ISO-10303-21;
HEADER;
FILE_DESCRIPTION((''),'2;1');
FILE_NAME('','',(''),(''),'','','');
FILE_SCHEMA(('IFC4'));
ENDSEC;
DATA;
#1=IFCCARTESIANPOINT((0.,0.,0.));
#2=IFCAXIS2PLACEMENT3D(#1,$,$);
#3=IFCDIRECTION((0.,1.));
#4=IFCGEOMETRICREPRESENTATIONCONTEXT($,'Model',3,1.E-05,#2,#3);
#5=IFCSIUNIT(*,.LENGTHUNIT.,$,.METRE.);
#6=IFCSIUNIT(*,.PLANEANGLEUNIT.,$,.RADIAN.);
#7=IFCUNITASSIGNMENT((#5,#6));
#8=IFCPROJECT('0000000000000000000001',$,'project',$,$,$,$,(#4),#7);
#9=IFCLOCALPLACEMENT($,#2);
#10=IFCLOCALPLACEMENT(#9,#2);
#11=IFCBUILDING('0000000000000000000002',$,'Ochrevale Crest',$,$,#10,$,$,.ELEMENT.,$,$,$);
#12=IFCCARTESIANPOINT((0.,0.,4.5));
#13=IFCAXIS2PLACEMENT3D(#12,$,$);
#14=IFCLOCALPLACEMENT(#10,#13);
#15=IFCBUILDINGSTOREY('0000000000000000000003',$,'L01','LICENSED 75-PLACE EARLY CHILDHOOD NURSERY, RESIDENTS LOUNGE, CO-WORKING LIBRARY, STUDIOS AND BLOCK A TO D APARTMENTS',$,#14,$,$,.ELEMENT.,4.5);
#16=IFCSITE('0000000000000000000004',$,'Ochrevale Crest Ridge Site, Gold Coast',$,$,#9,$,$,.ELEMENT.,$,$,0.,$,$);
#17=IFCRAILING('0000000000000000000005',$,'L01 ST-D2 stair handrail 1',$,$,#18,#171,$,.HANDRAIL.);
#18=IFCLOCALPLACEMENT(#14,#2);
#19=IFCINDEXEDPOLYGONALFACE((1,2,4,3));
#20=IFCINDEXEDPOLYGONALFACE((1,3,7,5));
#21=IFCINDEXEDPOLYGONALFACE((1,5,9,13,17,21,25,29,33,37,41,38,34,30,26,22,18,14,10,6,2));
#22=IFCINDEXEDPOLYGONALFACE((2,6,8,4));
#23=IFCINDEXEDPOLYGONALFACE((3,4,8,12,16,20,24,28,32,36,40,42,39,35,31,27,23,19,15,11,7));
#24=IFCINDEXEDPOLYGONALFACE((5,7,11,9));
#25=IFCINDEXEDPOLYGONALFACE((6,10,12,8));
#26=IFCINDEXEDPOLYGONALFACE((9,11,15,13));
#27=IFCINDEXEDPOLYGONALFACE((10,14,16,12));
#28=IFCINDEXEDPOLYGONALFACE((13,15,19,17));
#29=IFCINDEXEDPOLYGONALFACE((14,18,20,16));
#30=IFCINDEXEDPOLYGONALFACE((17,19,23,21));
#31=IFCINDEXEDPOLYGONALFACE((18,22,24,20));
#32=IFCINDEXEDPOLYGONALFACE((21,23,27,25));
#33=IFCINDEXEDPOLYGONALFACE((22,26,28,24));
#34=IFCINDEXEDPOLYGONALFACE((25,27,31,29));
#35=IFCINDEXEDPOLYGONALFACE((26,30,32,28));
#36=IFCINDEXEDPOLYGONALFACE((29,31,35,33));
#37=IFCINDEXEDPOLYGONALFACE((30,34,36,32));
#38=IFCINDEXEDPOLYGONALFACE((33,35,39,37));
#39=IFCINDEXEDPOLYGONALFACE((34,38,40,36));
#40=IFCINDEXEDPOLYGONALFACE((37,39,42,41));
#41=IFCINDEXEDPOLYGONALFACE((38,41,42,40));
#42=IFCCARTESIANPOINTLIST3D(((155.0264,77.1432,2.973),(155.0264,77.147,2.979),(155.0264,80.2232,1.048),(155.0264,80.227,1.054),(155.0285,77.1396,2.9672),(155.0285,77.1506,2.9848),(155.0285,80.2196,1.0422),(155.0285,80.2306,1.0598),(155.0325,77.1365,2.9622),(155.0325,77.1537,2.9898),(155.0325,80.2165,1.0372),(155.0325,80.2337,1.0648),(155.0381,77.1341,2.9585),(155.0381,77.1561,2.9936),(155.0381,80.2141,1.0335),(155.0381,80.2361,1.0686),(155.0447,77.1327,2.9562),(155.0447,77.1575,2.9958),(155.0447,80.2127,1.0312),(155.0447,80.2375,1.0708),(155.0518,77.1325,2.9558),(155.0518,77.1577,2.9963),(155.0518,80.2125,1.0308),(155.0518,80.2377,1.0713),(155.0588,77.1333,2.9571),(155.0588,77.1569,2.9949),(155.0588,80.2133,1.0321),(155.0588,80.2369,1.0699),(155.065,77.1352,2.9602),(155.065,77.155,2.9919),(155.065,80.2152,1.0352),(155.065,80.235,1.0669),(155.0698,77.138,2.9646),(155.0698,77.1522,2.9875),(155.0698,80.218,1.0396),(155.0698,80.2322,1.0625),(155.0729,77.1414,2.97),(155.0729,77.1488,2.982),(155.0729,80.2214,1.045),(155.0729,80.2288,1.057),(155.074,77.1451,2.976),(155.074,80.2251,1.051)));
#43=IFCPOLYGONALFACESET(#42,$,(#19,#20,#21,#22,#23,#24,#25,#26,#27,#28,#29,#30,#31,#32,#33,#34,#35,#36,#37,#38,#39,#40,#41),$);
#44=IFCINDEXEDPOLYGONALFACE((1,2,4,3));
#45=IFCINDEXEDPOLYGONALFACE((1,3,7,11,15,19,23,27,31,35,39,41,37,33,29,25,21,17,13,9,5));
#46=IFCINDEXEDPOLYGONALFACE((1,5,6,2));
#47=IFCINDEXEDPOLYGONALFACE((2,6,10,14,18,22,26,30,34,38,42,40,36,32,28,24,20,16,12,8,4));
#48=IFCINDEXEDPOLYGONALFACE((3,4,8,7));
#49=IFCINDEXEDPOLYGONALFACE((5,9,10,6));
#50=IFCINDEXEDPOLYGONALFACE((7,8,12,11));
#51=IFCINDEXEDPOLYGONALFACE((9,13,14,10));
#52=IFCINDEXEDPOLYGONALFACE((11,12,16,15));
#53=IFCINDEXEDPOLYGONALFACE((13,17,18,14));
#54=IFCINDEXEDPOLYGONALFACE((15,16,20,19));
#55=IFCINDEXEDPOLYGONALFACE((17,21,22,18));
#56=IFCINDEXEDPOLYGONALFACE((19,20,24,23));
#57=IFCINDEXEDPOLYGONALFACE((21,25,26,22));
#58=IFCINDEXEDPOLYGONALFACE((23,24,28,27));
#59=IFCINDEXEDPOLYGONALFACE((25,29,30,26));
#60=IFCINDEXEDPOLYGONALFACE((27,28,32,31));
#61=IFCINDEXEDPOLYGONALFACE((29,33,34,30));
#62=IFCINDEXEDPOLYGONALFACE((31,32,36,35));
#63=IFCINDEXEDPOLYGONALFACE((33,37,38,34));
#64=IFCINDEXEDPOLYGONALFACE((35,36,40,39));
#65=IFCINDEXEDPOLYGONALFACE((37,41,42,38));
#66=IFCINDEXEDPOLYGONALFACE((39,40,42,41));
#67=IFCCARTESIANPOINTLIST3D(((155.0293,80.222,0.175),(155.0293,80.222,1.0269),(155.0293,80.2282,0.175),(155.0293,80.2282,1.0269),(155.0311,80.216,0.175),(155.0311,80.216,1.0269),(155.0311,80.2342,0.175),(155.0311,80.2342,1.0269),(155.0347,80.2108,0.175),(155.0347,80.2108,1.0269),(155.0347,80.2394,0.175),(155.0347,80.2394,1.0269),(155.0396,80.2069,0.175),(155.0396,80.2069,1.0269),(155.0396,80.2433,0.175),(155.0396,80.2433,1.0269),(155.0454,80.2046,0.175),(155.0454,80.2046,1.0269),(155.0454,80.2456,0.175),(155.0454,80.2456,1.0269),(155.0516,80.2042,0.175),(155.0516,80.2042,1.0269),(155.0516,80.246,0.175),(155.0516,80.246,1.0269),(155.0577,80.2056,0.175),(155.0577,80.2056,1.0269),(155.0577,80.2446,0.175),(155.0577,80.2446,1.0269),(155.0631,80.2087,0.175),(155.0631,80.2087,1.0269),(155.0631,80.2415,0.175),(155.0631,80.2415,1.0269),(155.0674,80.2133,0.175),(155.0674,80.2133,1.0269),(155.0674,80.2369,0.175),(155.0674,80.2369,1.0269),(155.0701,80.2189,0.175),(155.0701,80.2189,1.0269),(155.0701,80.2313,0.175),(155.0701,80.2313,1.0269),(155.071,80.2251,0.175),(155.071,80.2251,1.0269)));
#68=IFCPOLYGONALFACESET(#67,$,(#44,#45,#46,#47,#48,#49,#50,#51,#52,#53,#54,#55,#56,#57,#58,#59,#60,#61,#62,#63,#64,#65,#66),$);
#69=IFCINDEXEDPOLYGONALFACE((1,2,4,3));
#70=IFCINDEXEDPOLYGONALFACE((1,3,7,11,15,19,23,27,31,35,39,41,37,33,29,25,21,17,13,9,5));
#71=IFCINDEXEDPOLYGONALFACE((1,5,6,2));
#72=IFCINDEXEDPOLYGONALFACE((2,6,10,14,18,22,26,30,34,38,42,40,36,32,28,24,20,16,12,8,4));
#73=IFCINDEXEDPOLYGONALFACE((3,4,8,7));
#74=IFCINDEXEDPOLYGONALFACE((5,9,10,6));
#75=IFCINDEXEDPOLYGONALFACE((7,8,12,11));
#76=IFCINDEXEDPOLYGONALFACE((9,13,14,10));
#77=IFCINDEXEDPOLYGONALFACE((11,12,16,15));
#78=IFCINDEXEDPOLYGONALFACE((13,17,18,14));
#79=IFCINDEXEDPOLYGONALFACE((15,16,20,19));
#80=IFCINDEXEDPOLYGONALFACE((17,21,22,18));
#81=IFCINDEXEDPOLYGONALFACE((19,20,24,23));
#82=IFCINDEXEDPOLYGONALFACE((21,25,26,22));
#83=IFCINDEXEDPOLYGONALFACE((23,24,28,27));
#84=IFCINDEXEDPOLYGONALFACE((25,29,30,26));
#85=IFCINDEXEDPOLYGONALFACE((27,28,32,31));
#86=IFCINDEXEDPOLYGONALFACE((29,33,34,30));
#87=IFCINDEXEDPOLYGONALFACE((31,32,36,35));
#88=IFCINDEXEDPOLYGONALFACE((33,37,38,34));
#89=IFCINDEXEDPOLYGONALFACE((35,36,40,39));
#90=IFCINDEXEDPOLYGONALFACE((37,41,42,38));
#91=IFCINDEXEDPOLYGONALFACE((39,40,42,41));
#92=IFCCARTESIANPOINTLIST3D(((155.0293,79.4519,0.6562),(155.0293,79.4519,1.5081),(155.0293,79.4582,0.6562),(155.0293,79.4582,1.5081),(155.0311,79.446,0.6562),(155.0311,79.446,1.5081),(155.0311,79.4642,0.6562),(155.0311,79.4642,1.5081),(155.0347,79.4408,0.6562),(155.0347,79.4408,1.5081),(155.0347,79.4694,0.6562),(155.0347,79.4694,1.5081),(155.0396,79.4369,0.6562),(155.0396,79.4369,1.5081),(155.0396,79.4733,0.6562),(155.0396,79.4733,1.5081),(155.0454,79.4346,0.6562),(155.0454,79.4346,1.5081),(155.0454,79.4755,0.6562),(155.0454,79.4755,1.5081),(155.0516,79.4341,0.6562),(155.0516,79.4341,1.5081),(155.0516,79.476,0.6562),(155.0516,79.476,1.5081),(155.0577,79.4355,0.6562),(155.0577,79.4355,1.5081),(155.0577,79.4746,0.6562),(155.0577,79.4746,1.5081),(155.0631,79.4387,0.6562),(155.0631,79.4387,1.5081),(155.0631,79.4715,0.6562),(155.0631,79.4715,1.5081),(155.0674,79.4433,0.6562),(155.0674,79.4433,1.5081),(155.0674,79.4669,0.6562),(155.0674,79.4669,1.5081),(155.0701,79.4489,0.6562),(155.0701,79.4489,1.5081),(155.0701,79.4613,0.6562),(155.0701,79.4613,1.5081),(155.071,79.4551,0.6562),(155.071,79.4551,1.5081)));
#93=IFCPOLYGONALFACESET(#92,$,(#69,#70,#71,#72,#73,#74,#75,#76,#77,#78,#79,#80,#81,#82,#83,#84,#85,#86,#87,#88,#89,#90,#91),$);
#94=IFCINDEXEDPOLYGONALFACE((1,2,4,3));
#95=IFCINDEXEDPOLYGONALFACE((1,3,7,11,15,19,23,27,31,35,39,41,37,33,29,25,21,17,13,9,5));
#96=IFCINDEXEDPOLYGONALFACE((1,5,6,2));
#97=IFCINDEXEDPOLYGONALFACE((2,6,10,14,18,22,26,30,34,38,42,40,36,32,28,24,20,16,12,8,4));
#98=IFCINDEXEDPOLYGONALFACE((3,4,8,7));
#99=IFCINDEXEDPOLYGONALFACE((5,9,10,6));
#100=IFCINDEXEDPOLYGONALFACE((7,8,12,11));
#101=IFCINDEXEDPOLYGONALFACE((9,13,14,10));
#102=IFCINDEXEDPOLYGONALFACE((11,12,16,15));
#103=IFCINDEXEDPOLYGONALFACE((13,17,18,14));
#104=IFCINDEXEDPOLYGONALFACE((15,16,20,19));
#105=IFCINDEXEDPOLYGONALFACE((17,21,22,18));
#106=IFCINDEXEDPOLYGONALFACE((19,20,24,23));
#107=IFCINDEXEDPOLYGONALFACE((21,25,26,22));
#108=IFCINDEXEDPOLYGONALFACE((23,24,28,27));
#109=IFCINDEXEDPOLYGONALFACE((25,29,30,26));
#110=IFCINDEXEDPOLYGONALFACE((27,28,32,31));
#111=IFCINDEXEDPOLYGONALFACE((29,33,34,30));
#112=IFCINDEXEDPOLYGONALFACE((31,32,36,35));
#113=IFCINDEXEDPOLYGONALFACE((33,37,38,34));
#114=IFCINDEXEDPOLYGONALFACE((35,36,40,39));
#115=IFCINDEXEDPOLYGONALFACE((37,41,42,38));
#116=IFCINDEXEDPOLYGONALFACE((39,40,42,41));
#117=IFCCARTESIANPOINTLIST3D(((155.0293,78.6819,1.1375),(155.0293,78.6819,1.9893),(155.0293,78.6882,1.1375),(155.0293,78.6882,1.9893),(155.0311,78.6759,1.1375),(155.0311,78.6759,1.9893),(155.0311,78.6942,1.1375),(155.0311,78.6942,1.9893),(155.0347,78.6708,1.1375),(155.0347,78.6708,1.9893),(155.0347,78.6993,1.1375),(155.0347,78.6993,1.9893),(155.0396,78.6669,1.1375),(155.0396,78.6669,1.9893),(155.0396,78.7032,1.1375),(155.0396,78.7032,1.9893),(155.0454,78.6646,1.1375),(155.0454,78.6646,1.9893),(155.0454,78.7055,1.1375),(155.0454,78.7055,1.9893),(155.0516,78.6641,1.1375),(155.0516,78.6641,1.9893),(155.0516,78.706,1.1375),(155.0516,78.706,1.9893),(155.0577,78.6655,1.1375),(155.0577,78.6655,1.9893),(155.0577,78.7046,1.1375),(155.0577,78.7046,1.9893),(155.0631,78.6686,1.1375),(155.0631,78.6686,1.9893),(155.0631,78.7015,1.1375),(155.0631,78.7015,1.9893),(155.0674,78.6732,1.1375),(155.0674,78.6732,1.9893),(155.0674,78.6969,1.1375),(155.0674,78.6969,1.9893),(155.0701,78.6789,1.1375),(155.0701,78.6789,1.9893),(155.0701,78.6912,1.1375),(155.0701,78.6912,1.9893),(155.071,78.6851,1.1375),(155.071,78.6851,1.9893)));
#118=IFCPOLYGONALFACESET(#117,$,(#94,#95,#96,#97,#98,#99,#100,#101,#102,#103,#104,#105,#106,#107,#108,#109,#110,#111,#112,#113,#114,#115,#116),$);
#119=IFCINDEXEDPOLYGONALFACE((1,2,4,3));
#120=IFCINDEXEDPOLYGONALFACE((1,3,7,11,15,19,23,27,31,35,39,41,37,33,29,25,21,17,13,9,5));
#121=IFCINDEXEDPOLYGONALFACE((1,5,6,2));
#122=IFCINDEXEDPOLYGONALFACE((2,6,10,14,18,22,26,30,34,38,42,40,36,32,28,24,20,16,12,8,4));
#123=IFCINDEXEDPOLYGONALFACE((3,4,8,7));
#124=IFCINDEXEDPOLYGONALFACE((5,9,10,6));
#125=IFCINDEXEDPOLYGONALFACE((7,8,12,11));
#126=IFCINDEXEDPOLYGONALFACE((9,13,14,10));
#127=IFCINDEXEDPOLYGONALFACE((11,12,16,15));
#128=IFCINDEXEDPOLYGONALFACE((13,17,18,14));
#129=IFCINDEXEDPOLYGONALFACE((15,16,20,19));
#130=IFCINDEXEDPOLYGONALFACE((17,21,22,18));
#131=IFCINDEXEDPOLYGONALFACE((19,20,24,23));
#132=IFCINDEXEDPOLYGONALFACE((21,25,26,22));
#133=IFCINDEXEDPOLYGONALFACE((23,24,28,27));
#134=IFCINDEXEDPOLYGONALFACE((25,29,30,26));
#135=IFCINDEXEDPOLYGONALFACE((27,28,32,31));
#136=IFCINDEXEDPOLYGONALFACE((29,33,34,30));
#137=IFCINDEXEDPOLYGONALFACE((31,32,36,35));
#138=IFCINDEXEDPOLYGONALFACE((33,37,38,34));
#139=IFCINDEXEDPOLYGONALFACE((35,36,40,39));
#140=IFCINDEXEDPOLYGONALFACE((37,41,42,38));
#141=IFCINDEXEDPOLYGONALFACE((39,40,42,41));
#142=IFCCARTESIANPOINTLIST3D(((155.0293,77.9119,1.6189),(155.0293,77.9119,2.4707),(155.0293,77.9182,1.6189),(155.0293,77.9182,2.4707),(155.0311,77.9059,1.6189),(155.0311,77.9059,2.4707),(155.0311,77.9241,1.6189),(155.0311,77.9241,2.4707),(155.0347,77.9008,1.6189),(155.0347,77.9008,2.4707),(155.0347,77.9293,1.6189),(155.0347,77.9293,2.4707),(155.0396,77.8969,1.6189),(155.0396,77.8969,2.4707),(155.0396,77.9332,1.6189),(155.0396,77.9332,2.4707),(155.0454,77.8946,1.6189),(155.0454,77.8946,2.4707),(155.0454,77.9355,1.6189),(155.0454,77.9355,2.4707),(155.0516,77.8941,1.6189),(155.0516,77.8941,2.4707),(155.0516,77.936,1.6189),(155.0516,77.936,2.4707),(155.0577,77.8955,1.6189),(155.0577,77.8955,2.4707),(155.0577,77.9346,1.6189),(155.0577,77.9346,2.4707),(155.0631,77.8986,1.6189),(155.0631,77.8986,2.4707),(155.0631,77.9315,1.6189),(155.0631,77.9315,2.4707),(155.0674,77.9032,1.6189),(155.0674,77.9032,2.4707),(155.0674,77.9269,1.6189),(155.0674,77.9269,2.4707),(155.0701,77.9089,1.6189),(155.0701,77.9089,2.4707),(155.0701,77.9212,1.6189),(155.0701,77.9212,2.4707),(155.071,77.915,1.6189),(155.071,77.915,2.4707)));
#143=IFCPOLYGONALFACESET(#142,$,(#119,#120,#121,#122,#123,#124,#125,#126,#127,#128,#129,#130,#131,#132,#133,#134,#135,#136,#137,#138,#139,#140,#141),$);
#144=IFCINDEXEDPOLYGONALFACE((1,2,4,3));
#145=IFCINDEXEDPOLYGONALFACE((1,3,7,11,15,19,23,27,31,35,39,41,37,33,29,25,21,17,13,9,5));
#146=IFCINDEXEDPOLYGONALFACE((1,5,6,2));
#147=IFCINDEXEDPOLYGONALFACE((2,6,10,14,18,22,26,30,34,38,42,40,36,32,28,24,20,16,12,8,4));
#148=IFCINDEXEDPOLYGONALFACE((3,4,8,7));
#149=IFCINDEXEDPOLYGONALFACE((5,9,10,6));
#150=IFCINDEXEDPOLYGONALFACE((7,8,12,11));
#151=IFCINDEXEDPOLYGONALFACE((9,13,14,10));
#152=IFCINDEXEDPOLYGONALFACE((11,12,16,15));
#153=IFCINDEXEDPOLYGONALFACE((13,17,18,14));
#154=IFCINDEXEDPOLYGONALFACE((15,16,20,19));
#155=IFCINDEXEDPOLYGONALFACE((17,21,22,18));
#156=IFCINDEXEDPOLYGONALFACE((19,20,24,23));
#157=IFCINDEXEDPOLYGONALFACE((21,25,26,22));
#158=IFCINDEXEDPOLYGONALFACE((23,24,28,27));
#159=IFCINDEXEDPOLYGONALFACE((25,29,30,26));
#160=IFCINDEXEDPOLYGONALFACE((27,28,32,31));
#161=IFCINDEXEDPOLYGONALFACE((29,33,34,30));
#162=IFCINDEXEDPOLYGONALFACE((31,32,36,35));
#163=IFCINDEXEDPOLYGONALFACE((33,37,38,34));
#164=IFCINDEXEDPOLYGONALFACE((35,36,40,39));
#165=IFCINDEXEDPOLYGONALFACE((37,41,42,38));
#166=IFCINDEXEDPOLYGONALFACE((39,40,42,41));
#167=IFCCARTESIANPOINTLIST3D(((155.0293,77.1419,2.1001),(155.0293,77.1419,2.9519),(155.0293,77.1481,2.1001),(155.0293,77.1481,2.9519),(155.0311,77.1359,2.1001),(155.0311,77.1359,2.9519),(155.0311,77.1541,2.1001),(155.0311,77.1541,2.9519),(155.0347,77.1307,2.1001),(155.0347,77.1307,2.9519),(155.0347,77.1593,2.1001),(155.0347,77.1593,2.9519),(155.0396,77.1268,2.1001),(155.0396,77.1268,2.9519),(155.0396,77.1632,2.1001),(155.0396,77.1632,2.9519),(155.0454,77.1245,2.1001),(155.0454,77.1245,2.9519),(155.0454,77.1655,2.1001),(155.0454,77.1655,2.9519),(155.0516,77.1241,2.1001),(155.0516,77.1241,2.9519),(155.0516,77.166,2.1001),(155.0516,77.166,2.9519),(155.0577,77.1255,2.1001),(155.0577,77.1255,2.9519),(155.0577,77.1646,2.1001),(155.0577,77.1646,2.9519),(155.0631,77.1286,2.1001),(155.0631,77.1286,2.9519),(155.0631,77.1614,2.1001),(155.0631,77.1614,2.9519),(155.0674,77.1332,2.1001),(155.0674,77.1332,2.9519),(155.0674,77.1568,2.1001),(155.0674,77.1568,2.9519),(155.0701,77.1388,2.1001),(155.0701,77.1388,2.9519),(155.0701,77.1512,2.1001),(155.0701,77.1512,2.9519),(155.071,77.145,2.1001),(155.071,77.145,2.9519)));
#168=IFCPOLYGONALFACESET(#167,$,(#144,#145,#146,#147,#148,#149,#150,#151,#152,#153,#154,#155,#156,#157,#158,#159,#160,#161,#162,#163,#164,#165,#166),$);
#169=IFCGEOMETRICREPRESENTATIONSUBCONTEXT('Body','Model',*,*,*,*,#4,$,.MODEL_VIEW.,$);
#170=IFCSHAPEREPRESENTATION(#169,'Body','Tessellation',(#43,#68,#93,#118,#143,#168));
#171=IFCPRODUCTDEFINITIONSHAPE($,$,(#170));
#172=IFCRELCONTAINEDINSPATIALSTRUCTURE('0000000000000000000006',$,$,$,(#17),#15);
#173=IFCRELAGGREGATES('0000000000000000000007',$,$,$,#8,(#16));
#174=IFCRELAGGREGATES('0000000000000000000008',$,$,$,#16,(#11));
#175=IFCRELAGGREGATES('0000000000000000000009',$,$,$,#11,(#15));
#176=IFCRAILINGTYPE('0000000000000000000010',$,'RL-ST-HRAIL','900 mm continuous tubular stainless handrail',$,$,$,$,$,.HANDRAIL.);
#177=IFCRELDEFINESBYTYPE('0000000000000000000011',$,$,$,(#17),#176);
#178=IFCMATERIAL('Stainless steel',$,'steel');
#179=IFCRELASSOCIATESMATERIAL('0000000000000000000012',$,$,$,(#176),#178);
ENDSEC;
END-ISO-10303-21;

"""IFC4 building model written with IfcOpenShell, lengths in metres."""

from ifc_helpers import new_model, si_unit, direction, frame, origin, origin_2d, place, context, subcontext, project, spatial, circle, extrude, material, type_object, element, save


model = new_model("IFC4")

# Units and contexts
model_context = context("Model", 3, precision=1e-05, world=origin(), true_north=direction((0.0, 1.0)))
body_context = subcontext(model_context, "Body", "Model", "MODEL_VIEW")
ifc_project = project(units=[si_unit("LENGTHUNIT", "METRE"), si_unit("PLANEANGLEUNIT", "RADIAN")], contexts=[model_context])

# Site, building, storey
site_placement = place(None, origin())
site = spatial("IfcSite", under=ifc_project, at=site_placement, Name="Ochrevale Crest Ridge Site, Gold Coast", CompositionType="ELEMENT", RefElevation=0.0)
building_placement = place(site_placement, origin())
building = spatial("IfcBuilding", under=site, at=building_placement, Name="Ochrevale Crest", CompositionType="ELEMENT")
storey_placement = place(building_placement, frame((0.0, 0.0, 4.5)))
storey = spatial("IfcBuildingStorey", under=building, at=storey_placement, Name="L01", Description="LICENSED 75-PLACE EARLY CHILDHOOD NURSERY, RESIDENTS LOUNGE, CO-WORKING LIBRARY, STUDIOS AND BLOCK A TO D APARTMENTS", CompositionType="ELEMENT", Elevation=4.5)

# Railing
ifc_material_1 = material(Name="Stainless steel", Category="steel")
railing_type_1 = type_object("IfcRailingType", Name="RL-ST-HRAIL", Description="900 mm continuous tubular stainless handrail", PredefinedType="HANDRAIL", material=ifc_material_1)
railing_1_placement = place(storey_placement, frame((155.05, 80.2251, 0.175)))
element("IfcRailing", 1, at=railing_1_placement, inside=storey, type_object=railing_type_1, Name="L01 ST-D2 stair handrail 1", PredefinedType="HANDRAIL", context=body_context, shape_type="SweptSolid", body=[
    extrude(circle(Radius=0.0239, at=origin_2d()), frame((0.0, 0.0, 0.876), z_axis=(0.0, -0.847998, 0.529999), x_axis=(1.0, 0.0, 0.0)), (0.0, 0.0, 1.0), 3.6321),
    extrude(circle(Radius=0.021, at=origin_2d()), origin(), (0.0, 0.0, 1.0), 0.8518),
    extrude(circle(Radius=0.021, at=origin_2d()), frame((0.0, -0.77, 0.4812)), (0.0, 0.0, 1.0), 0.8518),
    extrude(circle(Radius=0.021, at=origin_2d()), frame((0.0, -1.54, 0.9624)), (0.0, 0.0, 1.0), 0.8518),
    extrude(circle(Radius=0.021, at=origin_2d()), frame((0.0, -2.3101, 1.4438)), (0.0, 0.0, 1.0), 0.8518),
    extrude(circle(Radius=0.021, at=origin_2d()), frame((0.0, -3.0801, 1.925)), (0.0, 0.0, 1.0), 0.8518),
])

save(model, "model.ifc")
